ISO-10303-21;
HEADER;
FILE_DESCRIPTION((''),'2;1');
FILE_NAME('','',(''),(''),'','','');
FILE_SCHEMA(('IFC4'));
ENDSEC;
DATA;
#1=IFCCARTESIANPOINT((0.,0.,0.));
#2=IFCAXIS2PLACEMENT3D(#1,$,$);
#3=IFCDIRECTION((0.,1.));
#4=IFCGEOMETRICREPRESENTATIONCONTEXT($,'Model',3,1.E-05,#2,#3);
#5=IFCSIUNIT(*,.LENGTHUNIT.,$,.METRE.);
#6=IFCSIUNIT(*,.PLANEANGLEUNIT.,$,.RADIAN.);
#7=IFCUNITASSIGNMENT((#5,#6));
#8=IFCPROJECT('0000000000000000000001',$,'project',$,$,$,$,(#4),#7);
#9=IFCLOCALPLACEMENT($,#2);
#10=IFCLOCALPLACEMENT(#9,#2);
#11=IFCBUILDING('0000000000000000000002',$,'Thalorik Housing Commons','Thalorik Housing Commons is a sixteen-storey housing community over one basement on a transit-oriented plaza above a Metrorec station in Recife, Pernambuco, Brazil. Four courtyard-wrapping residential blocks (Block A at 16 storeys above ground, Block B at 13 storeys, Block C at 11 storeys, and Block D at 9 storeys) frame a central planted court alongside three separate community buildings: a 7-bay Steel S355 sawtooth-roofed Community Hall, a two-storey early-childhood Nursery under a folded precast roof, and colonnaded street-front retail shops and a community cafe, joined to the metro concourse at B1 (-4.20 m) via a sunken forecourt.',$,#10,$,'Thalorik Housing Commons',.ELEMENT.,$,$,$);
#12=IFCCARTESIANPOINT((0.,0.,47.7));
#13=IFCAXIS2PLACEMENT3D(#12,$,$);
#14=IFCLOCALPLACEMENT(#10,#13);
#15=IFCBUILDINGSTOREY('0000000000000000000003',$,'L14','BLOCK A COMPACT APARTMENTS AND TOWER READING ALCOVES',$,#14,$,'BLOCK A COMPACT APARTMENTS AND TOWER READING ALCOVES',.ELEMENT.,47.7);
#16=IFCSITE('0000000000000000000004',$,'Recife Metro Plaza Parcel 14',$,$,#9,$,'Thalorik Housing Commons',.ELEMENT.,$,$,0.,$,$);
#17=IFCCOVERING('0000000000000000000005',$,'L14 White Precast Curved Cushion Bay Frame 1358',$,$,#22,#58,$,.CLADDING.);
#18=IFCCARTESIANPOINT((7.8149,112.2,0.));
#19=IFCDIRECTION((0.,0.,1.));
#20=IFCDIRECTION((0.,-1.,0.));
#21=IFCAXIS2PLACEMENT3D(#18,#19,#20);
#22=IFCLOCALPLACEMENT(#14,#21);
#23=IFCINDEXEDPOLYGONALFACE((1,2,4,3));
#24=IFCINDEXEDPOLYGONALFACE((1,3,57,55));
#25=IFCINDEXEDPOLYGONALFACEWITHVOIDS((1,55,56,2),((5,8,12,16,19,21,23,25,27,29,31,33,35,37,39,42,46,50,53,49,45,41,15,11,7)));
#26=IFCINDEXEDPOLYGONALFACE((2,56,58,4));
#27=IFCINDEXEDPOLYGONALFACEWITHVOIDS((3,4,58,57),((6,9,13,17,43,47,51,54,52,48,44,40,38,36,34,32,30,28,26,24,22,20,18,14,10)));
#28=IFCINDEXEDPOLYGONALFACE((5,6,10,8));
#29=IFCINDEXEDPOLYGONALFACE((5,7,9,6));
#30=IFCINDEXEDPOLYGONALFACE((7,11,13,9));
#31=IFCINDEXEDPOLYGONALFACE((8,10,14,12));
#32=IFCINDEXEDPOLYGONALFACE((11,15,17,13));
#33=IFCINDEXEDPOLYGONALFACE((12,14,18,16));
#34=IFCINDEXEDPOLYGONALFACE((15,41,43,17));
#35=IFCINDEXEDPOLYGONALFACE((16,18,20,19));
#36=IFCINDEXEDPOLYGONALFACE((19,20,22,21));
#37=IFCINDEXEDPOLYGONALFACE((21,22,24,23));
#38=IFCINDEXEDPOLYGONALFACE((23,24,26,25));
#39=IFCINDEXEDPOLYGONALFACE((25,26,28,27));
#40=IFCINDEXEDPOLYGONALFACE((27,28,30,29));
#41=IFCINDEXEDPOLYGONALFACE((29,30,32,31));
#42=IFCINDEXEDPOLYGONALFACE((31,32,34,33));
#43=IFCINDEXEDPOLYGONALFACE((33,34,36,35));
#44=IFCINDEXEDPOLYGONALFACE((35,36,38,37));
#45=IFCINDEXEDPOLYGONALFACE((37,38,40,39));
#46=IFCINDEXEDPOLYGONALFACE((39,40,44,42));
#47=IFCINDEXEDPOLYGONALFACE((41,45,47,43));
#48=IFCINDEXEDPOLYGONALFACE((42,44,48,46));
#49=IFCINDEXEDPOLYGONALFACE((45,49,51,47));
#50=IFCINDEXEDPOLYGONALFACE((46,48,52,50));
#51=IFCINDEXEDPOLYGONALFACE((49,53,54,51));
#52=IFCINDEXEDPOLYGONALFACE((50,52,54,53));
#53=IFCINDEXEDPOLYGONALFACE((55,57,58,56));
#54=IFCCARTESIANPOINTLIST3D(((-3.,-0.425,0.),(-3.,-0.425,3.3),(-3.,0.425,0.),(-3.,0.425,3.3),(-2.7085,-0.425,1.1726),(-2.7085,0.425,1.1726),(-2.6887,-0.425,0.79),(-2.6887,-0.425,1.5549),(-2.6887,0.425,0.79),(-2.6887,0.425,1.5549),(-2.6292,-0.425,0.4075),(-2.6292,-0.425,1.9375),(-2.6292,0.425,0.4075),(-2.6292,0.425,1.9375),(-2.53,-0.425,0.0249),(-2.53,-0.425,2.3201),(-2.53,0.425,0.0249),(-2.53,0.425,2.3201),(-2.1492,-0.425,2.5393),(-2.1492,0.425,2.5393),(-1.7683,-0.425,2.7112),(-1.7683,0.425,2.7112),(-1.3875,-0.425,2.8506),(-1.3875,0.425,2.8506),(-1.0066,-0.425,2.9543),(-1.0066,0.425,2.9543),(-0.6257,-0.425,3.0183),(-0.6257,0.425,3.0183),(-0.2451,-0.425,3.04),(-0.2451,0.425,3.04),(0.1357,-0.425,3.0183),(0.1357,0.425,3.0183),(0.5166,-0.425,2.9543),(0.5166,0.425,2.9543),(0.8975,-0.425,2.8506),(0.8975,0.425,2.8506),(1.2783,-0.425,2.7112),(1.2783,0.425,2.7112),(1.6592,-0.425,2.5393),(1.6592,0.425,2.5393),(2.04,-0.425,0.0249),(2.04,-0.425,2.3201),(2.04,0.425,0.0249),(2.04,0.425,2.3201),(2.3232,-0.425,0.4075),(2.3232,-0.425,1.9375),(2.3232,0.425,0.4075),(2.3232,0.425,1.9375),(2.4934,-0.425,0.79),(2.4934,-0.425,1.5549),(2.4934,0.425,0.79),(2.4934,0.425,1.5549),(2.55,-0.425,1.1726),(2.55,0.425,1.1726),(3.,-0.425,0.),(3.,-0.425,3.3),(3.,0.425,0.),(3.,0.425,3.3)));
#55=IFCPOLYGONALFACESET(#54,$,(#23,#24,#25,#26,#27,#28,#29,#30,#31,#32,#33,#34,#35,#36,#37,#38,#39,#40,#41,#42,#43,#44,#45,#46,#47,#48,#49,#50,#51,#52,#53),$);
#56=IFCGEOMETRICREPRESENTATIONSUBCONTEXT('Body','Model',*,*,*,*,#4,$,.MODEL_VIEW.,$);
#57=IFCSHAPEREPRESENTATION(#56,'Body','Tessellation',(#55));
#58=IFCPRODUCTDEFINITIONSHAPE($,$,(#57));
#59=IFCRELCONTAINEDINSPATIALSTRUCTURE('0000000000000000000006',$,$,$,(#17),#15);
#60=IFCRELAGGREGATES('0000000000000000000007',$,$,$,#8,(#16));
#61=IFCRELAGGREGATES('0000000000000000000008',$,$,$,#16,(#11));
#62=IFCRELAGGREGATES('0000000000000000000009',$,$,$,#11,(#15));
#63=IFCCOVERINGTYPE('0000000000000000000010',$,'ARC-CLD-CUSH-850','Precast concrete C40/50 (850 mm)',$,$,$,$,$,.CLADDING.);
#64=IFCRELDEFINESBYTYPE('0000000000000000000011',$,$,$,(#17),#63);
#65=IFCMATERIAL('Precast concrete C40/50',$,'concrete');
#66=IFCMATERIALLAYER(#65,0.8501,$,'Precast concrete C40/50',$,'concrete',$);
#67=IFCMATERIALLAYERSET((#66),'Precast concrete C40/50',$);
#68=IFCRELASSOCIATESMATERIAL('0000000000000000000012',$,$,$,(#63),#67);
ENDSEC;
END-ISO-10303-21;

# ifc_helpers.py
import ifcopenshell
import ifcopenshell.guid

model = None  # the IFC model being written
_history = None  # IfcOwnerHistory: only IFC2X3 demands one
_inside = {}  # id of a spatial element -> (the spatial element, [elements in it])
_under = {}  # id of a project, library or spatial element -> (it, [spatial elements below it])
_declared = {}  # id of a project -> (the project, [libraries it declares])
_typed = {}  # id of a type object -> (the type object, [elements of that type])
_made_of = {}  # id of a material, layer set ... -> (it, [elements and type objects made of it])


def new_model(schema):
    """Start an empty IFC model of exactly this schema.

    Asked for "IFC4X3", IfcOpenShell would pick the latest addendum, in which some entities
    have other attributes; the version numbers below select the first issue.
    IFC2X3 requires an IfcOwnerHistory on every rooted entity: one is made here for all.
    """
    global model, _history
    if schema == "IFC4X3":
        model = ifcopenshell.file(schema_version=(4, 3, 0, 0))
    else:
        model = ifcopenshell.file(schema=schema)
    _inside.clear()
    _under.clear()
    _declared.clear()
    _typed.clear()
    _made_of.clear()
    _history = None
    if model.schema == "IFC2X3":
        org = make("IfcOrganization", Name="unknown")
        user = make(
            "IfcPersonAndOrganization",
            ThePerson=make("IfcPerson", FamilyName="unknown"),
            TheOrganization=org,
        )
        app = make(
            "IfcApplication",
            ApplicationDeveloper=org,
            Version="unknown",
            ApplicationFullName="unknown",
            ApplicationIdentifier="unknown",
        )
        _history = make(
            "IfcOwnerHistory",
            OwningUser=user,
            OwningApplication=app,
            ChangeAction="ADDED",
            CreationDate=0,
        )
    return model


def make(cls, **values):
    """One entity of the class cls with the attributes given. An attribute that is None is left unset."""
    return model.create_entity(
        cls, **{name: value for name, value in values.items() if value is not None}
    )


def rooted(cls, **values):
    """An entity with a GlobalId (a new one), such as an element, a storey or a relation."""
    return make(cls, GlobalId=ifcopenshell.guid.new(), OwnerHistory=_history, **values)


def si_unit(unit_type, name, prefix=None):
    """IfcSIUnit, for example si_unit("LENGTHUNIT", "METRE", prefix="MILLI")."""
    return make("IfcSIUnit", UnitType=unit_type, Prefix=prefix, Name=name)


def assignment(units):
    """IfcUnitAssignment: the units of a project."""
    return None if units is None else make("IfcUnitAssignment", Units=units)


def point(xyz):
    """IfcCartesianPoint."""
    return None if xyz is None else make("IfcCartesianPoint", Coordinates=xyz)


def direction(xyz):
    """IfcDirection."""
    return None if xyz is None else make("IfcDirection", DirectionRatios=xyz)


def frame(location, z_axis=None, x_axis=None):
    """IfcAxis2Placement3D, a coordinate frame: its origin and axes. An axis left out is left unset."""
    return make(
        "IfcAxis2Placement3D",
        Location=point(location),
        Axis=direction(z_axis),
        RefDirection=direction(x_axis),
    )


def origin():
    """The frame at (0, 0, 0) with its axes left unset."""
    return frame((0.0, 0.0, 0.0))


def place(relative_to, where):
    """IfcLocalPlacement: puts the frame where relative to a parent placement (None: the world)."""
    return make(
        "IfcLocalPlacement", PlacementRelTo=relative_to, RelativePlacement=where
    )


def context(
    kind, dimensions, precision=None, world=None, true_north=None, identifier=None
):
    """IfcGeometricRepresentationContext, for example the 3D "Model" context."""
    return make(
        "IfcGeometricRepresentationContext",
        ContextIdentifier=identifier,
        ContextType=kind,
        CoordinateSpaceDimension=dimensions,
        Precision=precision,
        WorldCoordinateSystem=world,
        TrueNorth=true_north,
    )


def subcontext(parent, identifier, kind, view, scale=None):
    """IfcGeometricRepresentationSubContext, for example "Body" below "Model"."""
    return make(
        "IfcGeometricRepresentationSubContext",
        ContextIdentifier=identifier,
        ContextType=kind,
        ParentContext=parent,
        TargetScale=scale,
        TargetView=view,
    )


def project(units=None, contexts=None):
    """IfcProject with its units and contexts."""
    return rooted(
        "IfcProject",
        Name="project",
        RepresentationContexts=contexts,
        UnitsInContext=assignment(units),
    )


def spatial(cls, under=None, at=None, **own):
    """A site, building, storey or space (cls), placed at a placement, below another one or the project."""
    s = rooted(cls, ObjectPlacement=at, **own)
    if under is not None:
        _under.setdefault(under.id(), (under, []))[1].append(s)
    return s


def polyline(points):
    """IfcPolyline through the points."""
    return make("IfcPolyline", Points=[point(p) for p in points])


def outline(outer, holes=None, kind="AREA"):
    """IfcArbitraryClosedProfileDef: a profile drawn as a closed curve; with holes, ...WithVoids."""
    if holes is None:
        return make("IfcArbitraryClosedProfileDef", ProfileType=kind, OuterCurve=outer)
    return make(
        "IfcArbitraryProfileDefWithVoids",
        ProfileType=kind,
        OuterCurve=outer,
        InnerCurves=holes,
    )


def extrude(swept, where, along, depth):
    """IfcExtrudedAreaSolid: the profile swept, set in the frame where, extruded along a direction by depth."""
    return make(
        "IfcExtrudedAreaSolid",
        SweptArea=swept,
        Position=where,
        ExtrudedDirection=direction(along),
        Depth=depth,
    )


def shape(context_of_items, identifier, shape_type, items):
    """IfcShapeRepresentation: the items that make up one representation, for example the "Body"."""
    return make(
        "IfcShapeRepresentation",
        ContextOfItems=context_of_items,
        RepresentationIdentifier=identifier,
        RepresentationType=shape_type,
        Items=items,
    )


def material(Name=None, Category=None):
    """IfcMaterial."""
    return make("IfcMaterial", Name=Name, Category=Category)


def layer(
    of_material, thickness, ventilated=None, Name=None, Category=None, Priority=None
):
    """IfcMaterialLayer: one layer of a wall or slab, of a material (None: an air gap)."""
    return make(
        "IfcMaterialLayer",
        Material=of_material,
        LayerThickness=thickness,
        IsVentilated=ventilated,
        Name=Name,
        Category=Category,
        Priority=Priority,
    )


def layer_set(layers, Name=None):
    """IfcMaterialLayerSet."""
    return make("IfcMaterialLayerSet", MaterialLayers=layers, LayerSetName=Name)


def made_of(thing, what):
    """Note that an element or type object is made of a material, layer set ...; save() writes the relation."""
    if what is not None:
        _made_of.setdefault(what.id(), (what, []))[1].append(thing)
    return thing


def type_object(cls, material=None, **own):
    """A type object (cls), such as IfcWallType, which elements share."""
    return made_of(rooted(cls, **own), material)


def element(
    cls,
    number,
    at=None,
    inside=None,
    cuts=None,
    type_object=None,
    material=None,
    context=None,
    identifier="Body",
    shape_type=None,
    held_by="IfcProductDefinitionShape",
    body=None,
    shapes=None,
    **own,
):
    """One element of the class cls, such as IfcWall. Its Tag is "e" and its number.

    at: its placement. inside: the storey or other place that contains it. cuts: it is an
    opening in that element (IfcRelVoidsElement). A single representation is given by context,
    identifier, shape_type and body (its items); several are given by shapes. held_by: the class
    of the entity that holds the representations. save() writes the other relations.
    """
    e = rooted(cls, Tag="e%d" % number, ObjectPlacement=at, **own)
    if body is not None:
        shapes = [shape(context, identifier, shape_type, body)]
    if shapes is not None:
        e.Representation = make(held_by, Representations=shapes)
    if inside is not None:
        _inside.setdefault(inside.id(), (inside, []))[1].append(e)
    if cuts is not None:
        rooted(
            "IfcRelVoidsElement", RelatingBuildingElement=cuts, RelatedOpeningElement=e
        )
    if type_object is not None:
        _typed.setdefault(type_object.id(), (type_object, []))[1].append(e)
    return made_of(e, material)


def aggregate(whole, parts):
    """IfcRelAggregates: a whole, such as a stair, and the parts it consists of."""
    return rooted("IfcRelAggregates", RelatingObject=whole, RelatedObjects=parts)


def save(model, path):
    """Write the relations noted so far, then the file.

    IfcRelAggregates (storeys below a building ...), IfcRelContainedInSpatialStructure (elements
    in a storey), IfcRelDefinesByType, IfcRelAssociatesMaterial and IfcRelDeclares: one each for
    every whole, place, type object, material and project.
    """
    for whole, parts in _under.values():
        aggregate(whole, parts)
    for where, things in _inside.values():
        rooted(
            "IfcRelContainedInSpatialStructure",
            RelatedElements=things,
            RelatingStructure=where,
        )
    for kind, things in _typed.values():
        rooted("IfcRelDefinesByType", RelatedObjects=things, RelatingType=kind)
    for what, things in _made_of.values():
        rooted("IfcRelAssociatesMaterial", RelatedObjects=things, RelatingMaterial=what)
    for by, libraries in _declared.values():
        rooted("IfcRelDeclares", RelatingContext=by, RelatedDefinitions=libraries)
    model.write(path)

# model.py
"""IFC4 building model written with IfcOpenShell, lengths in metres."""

from ifc_helpers import new_model, si_unit, direction, frame, origin, place, context, subcontext, project, spatial, polyline, outline, extrude, material, layer, layer_set, type_object, element, save


model = new_model("IFC4")

# Units and contexts
model_context = context("Model", 3, precision=1e-05, world=origin(), true_north=direction((0.0, 1.0)))
body_context = subcontext(model_context, "Body", "Model", "MODEL_VIEW")
ifc_project = project(units=[si_unit("LENGTHUNIT", "METRE"), si_unit("PLANEANGLEUNIT", "RADIAN")], contexts=[model_context])

# Site, building, storey
site_placement = place(None, origin())
site = spatial("IfcSite", under=ifc_project, at=site_placement, Name="Recife Metro Plaza Parcel 14", LongName="Thalorik Housing Commons", CompositionType="ELEMENT", RefElevation=0.0)
building_placement = place(site_placement, origin())
building = spatial("IfcBuilding", under=site, at=building_placement, Name="Thalorik Housing Commons", Description="Thalorik Housing Commons is a sixteen-storey housing community over one basement on a transit-oriented plaza above a Metrorec station in Recife, Pernambuco, Brazil. Four courtyard-wrapping residential blocks (Block A at 16 storeys above ground, Block B at 13 storeys, Block C at 11 storeys, and Block D at 9 storeys) frame a central planted court alongside three separate community buildings: a 7-bay Steel S355 sawtooth-roofed Community Hall, a two-storey early-childhood Nursery under a folded precast roof, and colonnaded street-front retail shops and a community cafe, joined to the metro concourse at B1 (-4.20 m) via a sunken forecourt.", LongName="Thalorik Housing Commons", CompositionType="ELEMENT")
storey_placement = place(building_placement, frame((0.0, 0.0, 47.7)))
storey = spatial("IfcBuildingStorey", under=building, at=storey_placement, Name="L14", Description="BLOCK A COMPACT APARTMENTS AND TOWER READING ALCOVES", LongName="BLOCK A COMPACT APARTMENTS AND TOWER READING ALCOVES", CompositionType="ELEMENT", Elevation=47.7)

# Shared definitions
ifc_material_1 = material(Name="Precast concrete C40/50", Category="concrete")

# Covering
ifc_layer_1 = layer(ifc_material_1, 0.8501, Name="Precast concrete C40/50", Category="concrete")
ifc_layer_set_1 = layer_set([ifc_layer_1], Name="Precast concrete C40/50")
covering_type_1 = type_object("IfcCoveringType", Name="ARC-CLD-CUSH-850", Description="Precast concrete C40/50 (850 mm)", PredefinedType="CLADDING", material=ifc_layer_set_1)
covering_1_placement = place(storey_placement, frame((7.8149, 112.2, 0.0), z_axis=(0.0, 0.0, 1.0), x_axis=(0.0, -1.0, 0.0)))
element("IfcCovering", 1, at=covering_1_placement, inside=storey, type_object=covering_type_1, Name="L14 White Precast Curved Cushion Bay Frame 1358", PredefinedType="CLADDING", context=body_context, shape_type="SweptSolid", body=[
    extrude(outline(polyline([(-3.0, 0.0), (3.0, 0.0), (3.0, 3.3), (-3.0, 3.3), (-3.0, 0.0)]), holes=[polyline([(2.04, 0.0249), (2.3232, 0.4075), (2.4934, 0.79), (2.55, 1.1726), (2.4934, 1.5549), (2.3232, 1.9375), (2.04, 2.3201), (1.6592, 2.5393), (1.2783, 2.7112), (0.8975, 2.8506), (0.5166, 2.9543), (0.1357, 3.0183), (-0.2451, 3.04), (-0.6257, 3.0183), (-1.0066, 2.9543), (-1.3875, 2.8506), (-1.7683, 2.7112), (-2.1492, 2.5393), (-2.53, 2.3201), (-2.6292, 1.9375), (-2.6887, 1.5549), (-2.7085, 1.1726), (-2.6887, 0.79), (-2.6292, 0.4075), (-2.53, 0.0249), (2.04, 0.0249)])]), frame((0.0, 0.425, 0.0), z_axis=(0.0, -1.0, 0.0), x_axis=(1.0, 0.0, 0.0)), (0.0, 0.0, 1.0), 0.8501),
])

save(model, "model.ifc")
